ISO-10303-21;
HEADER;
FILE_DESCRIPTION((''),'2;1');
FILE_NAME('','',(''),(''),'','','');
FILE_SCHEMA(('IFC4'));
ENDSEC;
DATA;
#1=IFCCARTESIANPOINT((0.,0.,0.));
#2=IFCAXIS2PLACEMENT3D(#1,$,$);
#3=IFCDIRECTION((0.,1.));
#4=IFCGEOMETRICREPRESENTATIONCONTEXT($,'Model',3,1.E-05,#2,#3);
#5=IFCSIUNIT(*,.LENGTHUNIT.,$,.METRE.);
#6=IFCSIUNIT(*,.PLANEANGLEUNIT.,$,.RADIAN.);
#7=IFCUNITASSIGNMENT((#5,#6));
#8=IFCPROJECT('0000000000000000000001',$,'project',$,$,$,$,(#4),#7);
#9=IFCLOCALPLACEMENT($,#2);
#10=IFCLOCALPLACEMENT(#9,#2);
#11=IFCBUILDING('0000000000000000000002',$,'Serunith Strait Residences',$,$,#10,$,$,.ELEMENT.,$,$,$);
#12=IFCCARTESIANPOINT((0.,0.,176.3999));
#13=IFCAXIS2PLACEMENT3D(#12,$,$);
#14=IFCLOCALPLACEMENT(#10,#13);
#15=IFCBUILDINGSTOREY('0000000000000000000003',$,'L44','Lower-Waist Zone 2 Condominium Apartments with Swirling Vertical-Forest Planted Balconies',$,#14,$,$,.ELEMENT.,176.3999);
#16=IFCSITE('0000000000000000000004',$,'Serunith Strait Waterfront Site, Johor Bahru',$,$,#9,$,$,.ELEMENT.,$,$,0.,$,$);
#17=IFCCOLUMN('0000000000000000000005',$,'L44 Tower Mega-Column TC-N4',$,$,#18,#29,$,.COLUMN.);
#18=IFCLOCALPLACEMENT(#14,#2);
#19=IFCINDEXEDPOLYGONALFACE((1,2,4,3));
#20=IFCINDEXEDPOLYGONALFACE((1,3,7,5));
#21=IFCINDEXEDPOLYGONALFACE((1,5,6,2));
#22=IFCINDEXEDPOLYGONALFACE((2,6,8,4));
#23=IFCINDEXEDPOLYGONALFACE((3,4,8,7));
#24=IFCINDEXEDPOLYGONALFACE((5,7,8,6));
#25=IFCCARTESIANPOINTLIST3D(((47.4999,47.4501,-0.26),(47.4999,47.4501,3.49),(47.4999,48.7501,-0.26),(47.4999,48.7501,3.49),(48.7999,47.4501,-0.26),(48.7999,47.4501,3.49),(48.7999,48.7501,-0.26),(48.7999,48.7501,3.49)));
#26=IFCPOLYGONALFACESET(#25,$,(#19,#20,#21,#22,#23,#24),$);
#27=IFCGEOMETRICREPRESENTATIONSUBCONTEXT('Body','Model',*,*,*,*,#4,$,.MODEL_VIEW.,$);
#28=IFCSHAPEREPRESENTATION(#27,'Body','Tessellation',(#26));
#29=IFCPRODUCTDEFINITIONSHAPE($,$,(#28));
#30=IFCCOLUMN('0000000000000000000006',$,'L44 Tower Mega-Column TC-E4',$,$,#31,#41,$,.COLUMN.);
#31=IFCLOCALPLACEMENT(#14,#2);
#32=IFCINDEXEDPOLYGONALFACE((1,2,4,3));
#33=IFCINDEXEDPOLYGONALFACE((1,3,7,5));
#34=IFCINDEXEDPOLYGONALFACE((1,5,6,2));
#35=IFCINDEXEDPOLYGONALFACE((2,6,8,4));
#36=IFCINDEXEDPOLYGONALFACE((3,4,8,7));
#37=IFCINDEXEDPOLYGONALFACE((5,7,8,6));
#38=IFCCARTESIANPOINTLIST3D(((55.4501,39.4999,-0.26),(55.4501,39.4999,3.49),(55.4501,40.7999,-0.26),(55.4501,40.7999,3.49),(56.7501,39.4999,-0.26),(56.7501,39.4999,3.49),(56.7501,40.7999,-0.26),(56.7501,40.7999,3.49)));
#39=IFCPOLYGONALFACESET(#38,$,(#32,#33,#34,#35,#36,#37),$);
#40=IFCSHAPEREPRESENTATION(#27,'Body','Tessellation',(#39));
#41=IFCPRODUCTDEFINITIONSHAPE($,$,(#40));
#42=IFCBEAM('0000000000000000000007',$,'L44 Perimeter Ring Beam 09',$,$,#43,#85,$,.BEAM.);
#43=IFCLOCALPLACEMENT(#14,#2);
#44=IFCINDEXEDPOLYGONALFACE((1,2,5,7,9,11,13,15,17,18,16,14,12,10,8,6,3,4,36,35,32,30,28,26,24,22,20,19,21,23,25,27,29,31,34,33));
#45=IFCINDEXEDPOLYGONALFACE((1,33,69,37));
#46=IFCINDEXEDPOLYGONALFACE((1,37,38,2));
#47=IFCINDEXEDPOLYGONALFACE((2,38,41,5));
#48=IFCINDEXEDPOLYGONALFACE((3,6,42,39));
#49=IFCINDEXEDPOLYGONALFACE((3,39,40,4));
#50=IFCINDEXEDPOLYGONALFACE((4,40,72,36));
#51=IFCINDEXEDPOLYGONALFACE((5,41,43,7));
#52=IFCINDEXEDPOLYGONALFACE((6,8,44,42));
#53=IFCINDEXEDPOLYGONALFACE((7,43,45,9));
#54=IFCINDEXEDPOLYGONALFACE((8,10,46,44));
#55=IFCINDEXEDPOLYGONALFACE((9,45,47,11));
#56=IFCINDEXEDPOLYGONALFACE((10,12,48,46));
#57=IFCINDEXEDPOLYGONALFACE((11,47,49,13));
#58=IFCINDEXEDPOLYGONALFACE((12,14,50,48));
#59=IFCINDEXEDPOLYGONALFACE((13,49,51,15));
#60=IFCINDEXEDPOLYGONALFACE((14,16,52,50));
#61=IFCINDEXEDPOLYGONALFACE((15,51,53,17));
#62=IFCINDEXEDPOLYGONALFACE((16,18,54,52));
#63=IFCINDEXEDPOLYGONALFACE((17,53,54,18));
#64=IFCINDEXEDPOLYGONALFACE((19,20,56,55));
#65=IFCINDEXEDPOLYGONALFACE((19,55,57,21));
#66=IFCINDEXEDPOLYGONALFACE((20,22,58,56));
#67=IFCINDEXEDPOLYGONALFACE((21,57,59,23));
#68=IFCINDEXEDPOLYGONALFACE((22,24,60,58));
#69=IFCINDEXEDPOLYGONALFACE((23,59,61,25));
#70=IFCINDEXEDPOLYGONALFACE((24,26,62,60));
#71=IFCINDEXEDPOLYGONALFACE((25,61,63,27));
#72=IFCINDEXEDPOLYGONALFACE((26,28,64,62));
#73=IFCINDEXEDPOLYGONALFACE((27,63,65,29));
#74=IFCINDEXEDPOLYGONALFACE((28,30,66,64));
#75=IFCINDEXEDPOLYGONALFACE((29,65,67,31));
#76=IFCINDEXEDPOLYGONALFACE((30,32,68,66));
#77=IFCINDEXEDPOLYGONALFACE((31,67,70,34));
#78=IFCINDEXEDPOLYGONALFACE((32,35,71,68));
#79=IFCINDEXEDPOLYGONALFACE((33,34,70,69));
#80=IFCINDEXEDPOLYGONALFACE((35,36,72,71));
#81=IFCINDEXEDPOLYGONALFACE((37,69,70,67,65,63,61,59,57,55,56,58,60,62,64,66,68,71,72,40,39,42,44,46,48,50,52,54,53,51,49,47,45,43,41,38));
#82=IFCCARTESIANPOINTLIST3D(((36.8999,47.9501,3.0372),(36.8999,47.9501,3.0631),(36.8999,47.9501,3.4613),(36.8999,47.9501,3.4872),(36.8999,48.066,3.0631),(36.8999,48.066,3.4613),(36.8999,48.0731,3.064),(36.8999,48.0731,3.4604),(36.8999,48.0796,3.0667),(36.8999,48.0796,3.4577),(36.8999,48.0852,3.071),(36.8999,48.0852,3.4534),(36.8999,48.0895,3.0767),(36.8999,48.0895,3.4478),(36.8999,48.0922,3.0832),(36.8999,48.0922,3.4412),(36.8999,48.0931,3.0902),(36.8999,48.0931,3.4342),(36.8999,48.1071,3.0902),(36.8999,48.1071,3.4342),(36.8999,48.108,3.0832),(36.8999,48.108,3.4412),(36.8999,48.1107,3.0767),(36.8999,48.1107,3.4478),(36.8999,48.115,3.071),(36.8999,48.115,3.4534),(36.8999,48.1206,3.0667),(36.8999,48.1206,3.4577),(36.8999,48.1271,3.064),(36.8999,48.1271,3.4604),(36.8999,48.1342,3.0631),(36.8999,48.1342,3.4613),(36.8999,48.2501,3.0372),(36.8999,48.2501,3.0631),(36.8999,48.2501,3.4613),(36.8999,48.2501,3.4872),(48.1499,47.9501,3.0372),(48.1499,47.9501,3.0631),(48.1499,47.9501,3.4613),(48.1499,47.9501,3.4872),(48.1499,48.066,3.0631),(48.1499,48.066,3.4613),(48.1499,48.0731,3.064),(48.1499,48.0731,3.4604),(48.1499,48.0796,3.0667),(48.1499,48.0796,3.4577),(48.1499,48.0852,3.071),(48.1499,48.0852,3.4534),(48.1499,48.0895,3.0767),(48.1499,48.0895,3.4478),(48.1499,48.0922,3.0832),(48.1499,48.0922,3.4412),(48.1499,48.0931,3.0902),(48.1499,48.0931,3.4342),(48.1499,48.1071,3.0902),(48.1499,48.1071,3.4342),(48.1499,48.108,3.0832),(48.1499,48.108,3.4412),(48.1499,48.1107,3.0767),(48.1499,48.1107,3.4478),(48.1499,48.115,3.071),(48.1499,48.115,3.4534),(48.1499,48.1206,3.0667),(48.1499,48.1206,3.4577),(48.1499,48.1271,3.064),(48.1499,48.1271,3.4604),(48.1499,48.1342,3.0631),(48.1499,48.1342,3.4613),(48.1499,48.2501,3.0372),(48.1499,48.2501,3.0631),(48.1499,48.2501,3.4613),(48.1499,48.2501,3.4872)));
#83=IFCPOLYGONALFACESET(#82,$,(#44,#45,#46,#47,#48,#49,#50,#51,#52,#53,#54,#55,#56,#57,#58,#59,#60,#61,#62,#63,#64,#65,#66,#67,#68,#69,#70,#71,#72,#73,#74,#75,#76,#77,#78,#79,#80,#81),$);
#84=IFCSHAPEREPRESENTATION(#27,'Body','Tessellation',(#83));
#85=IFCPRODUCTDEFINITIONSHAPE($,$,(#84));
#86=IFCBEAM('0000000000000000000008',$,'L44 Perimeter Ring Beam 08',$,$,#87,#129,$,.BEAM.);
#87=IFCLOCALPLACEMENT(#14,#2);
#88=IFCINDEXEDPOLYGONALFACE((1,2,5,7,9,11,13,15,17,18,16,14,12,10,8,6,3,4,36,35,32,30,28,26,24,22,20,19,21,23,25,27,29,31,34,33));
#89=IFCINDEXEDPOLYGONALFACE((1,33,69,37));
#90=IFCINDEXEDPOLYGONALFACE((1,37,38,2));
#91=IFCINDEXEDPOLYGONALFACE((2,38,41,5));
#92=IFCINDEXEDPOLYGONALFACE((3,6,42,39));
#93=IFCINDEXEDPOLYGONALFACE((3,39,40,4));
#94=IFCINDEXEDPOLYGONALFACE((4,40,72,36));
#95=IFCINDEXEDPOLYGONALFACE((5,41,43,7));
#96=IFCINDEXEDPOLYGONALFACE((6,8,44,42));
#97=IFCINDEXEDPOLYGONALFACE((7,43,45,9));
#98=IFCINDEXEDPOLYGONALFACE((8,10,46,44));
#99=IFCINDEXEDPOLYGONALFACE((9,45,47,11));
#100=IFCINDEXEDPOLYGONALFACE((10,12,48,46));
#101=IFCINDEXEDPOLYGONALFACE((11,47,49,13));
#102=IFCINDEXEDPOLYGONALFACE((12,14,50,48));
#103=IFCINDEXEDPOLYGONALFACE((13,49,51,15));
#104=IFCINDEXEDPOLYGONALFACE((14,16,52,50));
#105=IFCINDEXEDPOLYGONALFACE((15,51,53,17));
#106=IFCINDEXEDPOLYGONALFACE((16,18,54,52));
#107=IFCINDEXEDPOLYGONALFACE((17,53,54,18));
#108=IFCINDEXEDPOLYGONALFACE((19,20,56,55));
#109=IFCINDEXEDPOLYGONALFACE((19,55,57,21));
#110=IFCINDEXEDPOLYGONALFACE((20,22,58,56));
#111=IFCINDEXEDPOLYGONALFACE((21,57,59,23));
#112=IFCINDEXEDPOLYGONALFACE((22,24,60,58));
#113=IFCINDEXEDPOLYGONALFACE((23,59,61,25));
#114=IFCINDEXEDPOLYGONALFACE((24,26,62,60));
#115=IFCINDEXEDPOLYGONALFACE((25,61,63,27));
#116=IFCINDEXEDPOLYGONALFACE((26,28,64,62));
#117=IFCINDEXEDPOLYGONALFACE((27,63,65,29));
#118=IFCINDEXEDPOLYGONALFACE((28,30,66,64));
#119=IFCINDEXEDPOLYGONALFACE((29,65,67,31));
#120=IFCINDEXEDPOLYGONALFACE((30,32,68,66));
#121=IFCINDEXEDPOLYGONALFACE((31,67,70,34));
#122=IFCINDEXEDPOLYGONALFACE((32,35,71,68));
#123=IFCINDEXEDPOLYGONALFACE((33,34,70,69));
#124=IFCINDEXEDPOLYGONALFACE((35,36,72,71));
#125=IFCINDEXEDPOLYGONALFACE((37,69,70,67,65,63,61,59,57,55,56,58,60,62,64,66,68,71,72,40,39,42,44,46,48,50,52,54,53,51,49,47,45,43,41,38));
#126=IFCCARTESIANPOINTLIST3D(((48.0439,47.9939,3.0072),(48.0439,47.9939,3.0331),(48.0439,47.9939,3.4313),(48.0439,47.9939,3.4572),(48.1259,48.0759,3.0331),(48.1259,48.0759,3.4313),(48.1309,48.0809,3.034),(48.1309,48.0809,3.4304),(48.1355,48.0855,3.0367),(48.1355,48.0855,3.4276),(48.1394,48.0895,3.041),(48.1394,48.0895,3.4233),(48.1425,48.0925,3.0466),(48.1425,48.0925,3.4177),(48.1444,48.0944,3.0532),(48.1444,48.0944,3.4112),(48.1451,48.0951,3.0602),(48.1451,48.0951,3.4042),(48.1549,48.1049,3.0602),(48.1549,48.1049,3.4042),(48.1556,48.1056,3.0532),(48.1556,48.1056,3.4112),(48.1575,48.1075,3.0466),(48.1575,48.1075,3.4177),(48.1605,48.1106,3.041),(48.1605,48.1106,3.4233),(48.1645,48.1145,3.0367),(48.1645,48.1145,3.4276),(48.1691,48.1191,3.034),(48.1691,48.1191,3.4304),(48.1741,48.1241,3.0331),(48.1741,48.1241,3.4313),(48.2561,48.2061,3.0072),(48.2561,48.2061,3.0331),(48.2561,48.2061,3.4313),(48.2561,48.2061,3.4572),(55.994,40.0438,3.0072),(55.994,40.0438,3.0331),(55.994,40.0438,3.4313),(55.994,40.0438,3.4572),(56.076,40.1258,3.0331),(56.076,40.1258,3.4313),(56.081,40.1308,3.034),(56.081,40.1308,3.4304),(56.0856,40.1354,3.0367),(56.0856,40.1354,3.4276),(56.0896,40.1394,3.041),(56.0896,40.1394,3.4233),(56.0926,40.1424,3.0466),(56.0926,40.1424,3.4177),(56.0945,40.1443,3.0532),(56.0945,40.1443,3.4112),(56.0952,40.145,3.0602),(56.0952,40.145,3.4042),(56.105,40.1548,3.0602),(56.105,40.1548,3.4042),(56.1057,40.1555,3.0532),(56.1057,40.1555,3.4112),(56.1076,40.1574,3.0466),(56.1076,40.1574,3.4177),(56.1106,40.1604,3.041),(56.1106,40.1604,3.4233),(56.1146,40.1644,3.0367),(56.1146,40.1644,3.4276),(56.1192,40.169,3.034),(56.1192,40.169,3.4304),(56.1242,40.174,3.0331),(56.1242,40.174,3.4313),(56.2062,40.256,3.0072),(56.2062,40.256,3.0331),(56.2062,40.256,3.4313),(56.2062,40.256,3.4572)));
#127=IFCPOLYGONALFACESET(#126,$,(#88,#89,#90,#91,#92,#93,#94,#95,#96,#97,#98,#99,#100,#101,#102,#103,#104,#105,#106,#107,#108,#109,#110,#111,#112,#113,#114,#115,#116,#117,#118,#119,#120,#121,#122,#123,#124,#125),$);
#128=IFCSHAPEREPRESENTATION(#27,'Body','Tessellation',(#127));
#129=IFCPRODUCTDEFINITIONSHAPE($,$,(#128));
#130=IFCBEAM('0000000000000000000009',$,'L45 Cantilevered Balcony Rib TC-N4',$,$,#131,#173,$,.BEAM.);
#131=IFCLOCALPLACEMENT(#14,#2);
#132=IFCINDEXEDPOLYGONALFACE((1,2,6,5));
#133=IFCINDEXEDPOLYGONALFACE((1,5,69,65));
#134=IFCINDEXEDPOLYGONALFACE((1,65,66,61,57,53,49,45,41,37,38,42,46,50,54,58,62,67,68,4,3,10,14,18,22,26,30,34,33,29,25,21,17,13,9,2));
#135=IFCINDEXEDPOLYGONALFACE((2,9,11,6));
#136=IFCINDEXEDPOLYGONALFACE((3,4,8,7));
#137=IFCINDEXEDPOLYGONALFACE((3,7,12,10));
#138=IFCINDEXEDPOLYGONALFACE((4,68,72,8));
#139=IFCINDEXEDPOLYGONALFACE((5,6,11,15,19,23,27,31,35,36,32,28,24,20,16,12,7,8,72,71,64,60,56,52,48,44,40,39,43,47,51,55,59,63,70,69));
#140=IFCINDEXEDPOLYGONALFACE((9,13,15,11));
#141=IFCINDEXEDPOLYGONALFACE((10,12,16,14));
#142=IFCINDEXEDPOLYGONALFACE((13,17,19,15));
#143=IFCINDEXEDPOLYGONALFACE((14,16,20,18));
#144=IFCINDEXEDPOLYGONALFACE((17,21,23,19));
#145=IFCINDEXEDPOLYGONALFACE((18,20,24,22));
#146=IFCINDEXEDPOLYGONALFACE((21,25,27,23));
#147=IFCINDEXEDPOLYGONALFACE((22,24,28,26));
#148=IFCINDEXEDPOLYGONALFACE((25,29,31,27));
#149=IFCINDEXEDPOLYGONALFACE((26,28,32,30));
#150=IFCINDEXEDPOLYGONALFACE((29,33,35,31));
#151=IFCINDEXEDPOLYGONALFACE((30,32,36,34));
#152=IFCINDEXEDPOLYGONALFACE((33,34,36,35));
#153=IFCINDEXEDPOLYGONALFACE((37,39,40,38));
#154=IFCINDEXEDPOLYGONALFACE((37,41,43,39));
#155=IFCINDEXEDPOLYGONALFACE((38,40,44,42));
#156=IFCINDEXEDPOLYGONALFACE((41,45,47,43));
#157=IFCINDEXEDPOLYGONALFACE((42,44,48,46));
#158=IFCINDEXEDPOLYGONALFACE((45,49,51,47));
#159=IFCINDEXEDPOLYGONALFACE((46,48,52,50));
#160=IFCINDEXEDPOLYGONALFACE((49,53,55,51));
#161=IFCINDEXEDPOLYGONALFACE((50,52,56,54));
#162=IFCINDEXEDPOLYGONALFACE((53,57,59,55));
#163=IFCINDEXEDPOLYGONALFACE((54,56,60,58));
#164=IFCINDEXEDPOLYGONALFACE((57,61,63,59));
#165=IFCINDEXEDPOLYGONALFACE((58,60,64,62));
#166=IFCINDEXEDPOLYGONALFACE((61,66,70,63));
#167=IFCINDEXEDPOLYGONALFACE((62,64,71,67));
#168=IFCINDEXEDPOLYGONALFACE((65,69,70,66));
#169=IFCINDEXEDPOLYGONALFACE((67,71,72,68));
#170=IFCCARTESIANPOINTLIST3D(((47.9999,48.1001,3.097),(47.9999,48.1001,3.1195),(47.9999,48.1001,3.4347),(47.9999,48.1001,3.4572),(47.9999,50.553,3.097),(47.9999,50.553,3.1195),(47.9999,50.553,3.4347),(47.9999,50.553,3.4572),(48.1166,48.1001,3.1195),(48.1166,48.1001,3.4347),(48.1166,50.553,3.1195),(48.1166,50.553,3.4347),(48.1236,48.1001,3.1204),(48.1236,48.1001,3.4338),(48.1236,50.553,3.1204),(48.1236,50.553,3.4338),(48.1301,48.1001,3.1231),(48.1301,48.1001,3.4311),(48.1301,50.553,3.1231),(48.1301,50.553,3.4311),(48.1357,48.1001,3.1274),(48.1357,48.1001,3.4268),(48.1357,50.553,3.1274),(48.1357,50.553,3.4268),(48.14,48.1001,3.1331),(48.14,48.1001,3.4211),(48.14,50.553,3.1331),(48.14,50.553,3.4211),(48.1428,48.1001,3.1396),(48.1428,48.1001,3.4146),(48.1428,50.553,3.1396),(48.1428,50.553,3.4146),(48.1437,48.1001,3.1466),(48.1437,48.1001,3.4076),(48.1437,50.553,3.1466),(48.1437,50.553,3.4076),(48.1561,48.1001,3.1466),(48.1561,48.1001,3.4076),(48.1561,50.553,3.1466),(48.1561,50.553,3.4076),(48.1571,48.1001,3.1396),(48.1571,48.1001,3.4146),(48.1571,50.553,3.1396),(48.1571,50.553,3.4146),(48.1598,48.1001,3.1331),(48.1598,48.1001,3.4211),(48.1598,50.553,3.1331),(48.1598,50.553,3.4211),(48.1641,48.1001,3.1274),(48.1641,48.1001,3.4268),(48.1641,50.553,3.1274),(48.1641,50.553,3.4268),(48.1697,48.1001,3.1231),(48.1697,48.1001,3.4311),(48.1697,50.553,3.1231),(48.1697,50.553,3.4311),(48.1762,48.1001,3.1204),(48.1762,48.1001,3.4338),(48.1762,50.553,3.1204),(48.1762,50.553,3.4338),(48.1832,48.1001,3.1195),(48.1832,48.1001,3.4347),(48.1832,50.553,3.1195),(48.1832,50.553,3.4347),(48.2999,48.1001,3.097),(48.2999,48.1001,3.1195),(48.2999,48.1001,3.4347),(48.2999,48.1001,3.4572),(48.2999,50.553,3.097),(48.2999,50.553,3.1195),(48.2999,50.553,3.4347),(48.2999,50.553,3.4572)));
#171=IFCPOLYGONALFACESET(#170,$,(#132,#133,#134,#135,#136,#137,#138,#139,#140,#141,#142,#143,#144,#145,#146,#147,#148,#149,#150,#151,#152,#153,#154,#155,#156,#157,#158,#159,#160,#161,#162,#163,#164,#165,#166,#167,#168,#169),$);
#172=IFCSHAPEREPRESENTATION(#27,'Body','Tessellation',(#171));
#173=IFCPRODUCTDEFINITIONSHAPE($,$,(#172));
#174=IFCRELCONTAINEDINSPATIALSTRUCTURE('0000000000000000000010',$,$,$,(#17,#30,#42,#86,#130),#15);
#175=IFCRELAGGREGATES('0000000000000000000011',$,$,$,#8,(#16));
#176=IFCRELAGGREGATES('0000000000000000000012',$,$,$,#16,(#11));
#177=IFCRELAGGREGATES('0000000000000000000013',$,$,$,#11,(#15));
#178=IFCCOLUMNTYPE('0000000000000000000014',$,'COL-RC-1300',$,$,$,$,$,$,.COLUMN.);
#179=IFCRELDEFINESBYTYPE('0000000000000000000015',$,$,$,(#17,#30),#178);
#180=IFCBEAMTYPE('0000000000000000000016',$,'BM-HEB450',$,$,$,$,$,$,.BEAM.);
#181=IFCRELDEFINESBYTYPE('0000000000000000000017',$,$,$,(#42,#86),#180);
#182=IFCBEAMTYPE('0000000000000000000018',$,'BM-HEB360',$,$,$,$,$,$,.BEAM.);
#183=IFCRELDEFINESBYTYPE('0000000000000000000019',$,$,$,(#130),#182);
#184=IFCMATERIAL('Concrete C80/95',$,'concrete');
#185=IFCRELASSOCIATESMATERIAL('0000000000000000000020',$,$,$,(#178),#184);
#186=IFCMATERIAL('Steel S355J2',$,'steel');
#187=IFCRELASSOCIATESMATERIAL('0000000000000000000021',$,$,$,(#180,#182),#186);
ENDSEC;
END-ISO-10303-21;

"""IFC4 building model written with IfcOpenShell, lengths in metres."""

from ifc_helpers import new_model, si_unit, direction, frame, origin, origin_2d, place, context, subcontext, project, spatial, rectangle, i_section, extrude, source, transform, mapped, material, material_profile, profile_set, type_object, element, save


model = new_model("IFC4")

# Units and contexts
model_context = context("Model", 3, precision=1e-05, world=origin(), true_north=direction((0.0, 1.0)))
body_context = subcontext(model_context, "Body", "Model", "MODEL_VIEW")
ifc_project = project(units=[si_unit("LENGTHUNIT", "METRE"), si_unit("PLANEANGLEUNIT", "RADIAN")], contexts=[model_context])

# Site, building, storey
site_placement = place(None, origin())
site = spatial("IfcSite", under=ifc_project, at=site_placement, Name="Serunith Strait Waterfront Site, Johor Bahru", CompositionType="ELEMENT", RefElevation=0.0)
building_placement = place(site_placement, origin())
building = spatial("IfcBuilding", under=site, at=building_placement, Name="Serunith Strait Residences", CompositionType="ELEMENT")
storey_placement = place(building_placement, frame((0.0, 0.0, 176.3999)))
storey = spatial("IfcBuildingStorey", under=building, at=storey_placement, Name="L44", Description="Lower-Waist Zone 2 Condominium Apartments with Swirling Vertical-Forest Planted Balconies", CompositionType="ELEMENT", Elevation=176.3999)

# Columns
ifc_material_1 = material(Name="Concrete C80/95", Category="concrete")
ifc_material_profile_1 = material_profile(ifc_material_1, rectangle(XDim=1.3, YDim=1.3, at=origin_2d()), Name="RC 1300x1300")
ifc_profile_set_1 = profile_set([ifc_material_profile_1], Name="Concrete C80/95")
column_type = type_object("IfcColumnType", Name="COL-RC-1300", PredefinedType="COLUMN", material=ifc_profile_set_1)
shared_shape_1 = source(origin(), body_context, "Body", "SweptSolid", [
    extrude(rectangle(XDim=1.3, YDim=1.3, at=origin_2d()), origin(), (0.0, 0.0, 1.0), 3.75),
])
for number, where, z_axis, x_axis, name in (
    (1, (48.1499, 48.1001, -0.26), (0.0, 0.0, 1.0), (1.0, 0.0, 0.0), "L44 Tower Mega-Column TC-N4"),
    (2, (56.1001, 40.1499, -0.26), (0.0, 0.0, 1.0), (1.0, 0.0, 0.0), "L44 Tower Mega-Column TC-E4"),
):
    element("IfcColumn", number, at=place(storey_placement, frame(where, z_axis=z_axis, x_axis=x_axis)), inside=storey, type_object=column_type, Name=name, PredefinedType="COLUMN", context=body_context, shape_type="MappedRepresentation", body=[
        mapped(shared_shape_1, transform((0.0, 0.0, 0.0), scale=1.0)),
    ])

# Beams
ifc_material_2 = material(Name="Steel S355J2", Category="steel")
ifc_material_profile_2 = material_profile(ifc_material_2, i_section(OverallWidth=0.3, OverallDepth=0.45, WebThickness=0.0139, FlangeThickness=0.0259, FilletRadius=0.0271, at=origin_2d()), Name="HEB 450")
ifc_profile_set_2 = profile_set([ifc_material_profile_2], Name="Steel S355J2")
beam_type_1 = type_object("IfcBeamType", Name="BM-HEB450", PredefinedType="BEAM", material=ifc_profile_set_2)
shared_shape_2 = source(origin(), body_context, "Body", "SweptSolid", [
    extrude(i_section(OverallWidth=0.3, OverallDepth=0.45, WebThickness=0.0139, FlangeThickness=0.0259, FilletRadius=0.0271, at=origin_2d()), origin(), (0.0, 0.0, 1.0), 11.25),
])
beam_1_placement = place(storey_placement, frame((48.1499, 48.1001, 3.2622), z_axis=(-1.0, 0.0, 0.0), x_axis=(0.0, -1.0, 0.0)))
element("IfcBeam", 3, at=beam_1_placement, inside=storey, type_object=beam_type_1, Name="L44 Perimeter Ring Beam 09", PredefinedType="BEAM", context=body_context, shape_type="MappedRepresentation", body=[
    mapped(shared_shape_2, transform((0.0, 0.0, 0.0), scale=1.0)),
])
shared_shape_3 = source(origin(), body_context, "Body", "SweptSolid", [
    extrude(i_section(OverallWidth=0.3, OverallDepth=0.45, WebThickness=0.0139, FlangeThickness=0.0259, FilletRadius=0.0271, at=origin_2d()), origin(), (0.0, 0.0, 1.0), 11.2432),
])
beam_2_placement = place(storey_placement, frame((56.1001, 40.1499, 3.2322), z_axis=(-0.707107, 0.707107, 0.0), x_axis=(-0.707107, -0.707107, 0.0)))
element("IfcBeam", 4, at=beam_2_placement, inside=storey, type_object=beam_type_1, Name="L44 Perimeter Ring Beam 08", PredefinedType="BEAM", context=body_context, shape_type="MappedRepresentation", body=[
    mapped(shared_shape_3, transform((0.0, 0.0, 0.0), scale=1.0)),
])
ifc_material_profile_3 = material_profile(ifc_material_2, i_section(OverallWidth=0.3, OverallDepth=0.3601, WebThickness=0.0125, FlangeThickness=0.0225, FilletRadius=0.0271, at=origin_2d()), Name="HEB 360")
ifc_profile_set_3 = profile_set([ifc_material_profile_3], Name="Steel S355J2")
beam_type_2 = type_object("IfcBeamType", Name="BM-HEB360", PredefinedType="BEAM", material=ifc_profile_set_3)
shared_shape_4 = source(origin(), body_context, "Body", "SweptSolid", [
    extrude(i_section(OverallWidth=0.3, OverallDepth=0.3601, WebThickness=0.0125, FlangeThickness=0.0225, FilletRadius=0.0271, at=origin_2d()), origin(), (0.0, 0.0, 1.0), 2.4529),
])
beam_3_placement = place(storey_placement, frame((48.1499, 48.1001, 3.2771), z_axis=(0.0, 1.0, 0.0), x_axis=(-1.0, 0.0, 0.0)))
element("IfcBeam", 5, at=beam_3_placement, inside=storey, type_object=beam_type_2, Name="L45 Cantilevered Balcony Rib TC-N4", PredefinedType="BEAM", context=body_context, shape_type="MappedRepresentation", body=[
    mapped(shared_shape_4, transform((0.0, 0.0, 0.0), scale=1.0)),
])

save(model, "model.ifc")
